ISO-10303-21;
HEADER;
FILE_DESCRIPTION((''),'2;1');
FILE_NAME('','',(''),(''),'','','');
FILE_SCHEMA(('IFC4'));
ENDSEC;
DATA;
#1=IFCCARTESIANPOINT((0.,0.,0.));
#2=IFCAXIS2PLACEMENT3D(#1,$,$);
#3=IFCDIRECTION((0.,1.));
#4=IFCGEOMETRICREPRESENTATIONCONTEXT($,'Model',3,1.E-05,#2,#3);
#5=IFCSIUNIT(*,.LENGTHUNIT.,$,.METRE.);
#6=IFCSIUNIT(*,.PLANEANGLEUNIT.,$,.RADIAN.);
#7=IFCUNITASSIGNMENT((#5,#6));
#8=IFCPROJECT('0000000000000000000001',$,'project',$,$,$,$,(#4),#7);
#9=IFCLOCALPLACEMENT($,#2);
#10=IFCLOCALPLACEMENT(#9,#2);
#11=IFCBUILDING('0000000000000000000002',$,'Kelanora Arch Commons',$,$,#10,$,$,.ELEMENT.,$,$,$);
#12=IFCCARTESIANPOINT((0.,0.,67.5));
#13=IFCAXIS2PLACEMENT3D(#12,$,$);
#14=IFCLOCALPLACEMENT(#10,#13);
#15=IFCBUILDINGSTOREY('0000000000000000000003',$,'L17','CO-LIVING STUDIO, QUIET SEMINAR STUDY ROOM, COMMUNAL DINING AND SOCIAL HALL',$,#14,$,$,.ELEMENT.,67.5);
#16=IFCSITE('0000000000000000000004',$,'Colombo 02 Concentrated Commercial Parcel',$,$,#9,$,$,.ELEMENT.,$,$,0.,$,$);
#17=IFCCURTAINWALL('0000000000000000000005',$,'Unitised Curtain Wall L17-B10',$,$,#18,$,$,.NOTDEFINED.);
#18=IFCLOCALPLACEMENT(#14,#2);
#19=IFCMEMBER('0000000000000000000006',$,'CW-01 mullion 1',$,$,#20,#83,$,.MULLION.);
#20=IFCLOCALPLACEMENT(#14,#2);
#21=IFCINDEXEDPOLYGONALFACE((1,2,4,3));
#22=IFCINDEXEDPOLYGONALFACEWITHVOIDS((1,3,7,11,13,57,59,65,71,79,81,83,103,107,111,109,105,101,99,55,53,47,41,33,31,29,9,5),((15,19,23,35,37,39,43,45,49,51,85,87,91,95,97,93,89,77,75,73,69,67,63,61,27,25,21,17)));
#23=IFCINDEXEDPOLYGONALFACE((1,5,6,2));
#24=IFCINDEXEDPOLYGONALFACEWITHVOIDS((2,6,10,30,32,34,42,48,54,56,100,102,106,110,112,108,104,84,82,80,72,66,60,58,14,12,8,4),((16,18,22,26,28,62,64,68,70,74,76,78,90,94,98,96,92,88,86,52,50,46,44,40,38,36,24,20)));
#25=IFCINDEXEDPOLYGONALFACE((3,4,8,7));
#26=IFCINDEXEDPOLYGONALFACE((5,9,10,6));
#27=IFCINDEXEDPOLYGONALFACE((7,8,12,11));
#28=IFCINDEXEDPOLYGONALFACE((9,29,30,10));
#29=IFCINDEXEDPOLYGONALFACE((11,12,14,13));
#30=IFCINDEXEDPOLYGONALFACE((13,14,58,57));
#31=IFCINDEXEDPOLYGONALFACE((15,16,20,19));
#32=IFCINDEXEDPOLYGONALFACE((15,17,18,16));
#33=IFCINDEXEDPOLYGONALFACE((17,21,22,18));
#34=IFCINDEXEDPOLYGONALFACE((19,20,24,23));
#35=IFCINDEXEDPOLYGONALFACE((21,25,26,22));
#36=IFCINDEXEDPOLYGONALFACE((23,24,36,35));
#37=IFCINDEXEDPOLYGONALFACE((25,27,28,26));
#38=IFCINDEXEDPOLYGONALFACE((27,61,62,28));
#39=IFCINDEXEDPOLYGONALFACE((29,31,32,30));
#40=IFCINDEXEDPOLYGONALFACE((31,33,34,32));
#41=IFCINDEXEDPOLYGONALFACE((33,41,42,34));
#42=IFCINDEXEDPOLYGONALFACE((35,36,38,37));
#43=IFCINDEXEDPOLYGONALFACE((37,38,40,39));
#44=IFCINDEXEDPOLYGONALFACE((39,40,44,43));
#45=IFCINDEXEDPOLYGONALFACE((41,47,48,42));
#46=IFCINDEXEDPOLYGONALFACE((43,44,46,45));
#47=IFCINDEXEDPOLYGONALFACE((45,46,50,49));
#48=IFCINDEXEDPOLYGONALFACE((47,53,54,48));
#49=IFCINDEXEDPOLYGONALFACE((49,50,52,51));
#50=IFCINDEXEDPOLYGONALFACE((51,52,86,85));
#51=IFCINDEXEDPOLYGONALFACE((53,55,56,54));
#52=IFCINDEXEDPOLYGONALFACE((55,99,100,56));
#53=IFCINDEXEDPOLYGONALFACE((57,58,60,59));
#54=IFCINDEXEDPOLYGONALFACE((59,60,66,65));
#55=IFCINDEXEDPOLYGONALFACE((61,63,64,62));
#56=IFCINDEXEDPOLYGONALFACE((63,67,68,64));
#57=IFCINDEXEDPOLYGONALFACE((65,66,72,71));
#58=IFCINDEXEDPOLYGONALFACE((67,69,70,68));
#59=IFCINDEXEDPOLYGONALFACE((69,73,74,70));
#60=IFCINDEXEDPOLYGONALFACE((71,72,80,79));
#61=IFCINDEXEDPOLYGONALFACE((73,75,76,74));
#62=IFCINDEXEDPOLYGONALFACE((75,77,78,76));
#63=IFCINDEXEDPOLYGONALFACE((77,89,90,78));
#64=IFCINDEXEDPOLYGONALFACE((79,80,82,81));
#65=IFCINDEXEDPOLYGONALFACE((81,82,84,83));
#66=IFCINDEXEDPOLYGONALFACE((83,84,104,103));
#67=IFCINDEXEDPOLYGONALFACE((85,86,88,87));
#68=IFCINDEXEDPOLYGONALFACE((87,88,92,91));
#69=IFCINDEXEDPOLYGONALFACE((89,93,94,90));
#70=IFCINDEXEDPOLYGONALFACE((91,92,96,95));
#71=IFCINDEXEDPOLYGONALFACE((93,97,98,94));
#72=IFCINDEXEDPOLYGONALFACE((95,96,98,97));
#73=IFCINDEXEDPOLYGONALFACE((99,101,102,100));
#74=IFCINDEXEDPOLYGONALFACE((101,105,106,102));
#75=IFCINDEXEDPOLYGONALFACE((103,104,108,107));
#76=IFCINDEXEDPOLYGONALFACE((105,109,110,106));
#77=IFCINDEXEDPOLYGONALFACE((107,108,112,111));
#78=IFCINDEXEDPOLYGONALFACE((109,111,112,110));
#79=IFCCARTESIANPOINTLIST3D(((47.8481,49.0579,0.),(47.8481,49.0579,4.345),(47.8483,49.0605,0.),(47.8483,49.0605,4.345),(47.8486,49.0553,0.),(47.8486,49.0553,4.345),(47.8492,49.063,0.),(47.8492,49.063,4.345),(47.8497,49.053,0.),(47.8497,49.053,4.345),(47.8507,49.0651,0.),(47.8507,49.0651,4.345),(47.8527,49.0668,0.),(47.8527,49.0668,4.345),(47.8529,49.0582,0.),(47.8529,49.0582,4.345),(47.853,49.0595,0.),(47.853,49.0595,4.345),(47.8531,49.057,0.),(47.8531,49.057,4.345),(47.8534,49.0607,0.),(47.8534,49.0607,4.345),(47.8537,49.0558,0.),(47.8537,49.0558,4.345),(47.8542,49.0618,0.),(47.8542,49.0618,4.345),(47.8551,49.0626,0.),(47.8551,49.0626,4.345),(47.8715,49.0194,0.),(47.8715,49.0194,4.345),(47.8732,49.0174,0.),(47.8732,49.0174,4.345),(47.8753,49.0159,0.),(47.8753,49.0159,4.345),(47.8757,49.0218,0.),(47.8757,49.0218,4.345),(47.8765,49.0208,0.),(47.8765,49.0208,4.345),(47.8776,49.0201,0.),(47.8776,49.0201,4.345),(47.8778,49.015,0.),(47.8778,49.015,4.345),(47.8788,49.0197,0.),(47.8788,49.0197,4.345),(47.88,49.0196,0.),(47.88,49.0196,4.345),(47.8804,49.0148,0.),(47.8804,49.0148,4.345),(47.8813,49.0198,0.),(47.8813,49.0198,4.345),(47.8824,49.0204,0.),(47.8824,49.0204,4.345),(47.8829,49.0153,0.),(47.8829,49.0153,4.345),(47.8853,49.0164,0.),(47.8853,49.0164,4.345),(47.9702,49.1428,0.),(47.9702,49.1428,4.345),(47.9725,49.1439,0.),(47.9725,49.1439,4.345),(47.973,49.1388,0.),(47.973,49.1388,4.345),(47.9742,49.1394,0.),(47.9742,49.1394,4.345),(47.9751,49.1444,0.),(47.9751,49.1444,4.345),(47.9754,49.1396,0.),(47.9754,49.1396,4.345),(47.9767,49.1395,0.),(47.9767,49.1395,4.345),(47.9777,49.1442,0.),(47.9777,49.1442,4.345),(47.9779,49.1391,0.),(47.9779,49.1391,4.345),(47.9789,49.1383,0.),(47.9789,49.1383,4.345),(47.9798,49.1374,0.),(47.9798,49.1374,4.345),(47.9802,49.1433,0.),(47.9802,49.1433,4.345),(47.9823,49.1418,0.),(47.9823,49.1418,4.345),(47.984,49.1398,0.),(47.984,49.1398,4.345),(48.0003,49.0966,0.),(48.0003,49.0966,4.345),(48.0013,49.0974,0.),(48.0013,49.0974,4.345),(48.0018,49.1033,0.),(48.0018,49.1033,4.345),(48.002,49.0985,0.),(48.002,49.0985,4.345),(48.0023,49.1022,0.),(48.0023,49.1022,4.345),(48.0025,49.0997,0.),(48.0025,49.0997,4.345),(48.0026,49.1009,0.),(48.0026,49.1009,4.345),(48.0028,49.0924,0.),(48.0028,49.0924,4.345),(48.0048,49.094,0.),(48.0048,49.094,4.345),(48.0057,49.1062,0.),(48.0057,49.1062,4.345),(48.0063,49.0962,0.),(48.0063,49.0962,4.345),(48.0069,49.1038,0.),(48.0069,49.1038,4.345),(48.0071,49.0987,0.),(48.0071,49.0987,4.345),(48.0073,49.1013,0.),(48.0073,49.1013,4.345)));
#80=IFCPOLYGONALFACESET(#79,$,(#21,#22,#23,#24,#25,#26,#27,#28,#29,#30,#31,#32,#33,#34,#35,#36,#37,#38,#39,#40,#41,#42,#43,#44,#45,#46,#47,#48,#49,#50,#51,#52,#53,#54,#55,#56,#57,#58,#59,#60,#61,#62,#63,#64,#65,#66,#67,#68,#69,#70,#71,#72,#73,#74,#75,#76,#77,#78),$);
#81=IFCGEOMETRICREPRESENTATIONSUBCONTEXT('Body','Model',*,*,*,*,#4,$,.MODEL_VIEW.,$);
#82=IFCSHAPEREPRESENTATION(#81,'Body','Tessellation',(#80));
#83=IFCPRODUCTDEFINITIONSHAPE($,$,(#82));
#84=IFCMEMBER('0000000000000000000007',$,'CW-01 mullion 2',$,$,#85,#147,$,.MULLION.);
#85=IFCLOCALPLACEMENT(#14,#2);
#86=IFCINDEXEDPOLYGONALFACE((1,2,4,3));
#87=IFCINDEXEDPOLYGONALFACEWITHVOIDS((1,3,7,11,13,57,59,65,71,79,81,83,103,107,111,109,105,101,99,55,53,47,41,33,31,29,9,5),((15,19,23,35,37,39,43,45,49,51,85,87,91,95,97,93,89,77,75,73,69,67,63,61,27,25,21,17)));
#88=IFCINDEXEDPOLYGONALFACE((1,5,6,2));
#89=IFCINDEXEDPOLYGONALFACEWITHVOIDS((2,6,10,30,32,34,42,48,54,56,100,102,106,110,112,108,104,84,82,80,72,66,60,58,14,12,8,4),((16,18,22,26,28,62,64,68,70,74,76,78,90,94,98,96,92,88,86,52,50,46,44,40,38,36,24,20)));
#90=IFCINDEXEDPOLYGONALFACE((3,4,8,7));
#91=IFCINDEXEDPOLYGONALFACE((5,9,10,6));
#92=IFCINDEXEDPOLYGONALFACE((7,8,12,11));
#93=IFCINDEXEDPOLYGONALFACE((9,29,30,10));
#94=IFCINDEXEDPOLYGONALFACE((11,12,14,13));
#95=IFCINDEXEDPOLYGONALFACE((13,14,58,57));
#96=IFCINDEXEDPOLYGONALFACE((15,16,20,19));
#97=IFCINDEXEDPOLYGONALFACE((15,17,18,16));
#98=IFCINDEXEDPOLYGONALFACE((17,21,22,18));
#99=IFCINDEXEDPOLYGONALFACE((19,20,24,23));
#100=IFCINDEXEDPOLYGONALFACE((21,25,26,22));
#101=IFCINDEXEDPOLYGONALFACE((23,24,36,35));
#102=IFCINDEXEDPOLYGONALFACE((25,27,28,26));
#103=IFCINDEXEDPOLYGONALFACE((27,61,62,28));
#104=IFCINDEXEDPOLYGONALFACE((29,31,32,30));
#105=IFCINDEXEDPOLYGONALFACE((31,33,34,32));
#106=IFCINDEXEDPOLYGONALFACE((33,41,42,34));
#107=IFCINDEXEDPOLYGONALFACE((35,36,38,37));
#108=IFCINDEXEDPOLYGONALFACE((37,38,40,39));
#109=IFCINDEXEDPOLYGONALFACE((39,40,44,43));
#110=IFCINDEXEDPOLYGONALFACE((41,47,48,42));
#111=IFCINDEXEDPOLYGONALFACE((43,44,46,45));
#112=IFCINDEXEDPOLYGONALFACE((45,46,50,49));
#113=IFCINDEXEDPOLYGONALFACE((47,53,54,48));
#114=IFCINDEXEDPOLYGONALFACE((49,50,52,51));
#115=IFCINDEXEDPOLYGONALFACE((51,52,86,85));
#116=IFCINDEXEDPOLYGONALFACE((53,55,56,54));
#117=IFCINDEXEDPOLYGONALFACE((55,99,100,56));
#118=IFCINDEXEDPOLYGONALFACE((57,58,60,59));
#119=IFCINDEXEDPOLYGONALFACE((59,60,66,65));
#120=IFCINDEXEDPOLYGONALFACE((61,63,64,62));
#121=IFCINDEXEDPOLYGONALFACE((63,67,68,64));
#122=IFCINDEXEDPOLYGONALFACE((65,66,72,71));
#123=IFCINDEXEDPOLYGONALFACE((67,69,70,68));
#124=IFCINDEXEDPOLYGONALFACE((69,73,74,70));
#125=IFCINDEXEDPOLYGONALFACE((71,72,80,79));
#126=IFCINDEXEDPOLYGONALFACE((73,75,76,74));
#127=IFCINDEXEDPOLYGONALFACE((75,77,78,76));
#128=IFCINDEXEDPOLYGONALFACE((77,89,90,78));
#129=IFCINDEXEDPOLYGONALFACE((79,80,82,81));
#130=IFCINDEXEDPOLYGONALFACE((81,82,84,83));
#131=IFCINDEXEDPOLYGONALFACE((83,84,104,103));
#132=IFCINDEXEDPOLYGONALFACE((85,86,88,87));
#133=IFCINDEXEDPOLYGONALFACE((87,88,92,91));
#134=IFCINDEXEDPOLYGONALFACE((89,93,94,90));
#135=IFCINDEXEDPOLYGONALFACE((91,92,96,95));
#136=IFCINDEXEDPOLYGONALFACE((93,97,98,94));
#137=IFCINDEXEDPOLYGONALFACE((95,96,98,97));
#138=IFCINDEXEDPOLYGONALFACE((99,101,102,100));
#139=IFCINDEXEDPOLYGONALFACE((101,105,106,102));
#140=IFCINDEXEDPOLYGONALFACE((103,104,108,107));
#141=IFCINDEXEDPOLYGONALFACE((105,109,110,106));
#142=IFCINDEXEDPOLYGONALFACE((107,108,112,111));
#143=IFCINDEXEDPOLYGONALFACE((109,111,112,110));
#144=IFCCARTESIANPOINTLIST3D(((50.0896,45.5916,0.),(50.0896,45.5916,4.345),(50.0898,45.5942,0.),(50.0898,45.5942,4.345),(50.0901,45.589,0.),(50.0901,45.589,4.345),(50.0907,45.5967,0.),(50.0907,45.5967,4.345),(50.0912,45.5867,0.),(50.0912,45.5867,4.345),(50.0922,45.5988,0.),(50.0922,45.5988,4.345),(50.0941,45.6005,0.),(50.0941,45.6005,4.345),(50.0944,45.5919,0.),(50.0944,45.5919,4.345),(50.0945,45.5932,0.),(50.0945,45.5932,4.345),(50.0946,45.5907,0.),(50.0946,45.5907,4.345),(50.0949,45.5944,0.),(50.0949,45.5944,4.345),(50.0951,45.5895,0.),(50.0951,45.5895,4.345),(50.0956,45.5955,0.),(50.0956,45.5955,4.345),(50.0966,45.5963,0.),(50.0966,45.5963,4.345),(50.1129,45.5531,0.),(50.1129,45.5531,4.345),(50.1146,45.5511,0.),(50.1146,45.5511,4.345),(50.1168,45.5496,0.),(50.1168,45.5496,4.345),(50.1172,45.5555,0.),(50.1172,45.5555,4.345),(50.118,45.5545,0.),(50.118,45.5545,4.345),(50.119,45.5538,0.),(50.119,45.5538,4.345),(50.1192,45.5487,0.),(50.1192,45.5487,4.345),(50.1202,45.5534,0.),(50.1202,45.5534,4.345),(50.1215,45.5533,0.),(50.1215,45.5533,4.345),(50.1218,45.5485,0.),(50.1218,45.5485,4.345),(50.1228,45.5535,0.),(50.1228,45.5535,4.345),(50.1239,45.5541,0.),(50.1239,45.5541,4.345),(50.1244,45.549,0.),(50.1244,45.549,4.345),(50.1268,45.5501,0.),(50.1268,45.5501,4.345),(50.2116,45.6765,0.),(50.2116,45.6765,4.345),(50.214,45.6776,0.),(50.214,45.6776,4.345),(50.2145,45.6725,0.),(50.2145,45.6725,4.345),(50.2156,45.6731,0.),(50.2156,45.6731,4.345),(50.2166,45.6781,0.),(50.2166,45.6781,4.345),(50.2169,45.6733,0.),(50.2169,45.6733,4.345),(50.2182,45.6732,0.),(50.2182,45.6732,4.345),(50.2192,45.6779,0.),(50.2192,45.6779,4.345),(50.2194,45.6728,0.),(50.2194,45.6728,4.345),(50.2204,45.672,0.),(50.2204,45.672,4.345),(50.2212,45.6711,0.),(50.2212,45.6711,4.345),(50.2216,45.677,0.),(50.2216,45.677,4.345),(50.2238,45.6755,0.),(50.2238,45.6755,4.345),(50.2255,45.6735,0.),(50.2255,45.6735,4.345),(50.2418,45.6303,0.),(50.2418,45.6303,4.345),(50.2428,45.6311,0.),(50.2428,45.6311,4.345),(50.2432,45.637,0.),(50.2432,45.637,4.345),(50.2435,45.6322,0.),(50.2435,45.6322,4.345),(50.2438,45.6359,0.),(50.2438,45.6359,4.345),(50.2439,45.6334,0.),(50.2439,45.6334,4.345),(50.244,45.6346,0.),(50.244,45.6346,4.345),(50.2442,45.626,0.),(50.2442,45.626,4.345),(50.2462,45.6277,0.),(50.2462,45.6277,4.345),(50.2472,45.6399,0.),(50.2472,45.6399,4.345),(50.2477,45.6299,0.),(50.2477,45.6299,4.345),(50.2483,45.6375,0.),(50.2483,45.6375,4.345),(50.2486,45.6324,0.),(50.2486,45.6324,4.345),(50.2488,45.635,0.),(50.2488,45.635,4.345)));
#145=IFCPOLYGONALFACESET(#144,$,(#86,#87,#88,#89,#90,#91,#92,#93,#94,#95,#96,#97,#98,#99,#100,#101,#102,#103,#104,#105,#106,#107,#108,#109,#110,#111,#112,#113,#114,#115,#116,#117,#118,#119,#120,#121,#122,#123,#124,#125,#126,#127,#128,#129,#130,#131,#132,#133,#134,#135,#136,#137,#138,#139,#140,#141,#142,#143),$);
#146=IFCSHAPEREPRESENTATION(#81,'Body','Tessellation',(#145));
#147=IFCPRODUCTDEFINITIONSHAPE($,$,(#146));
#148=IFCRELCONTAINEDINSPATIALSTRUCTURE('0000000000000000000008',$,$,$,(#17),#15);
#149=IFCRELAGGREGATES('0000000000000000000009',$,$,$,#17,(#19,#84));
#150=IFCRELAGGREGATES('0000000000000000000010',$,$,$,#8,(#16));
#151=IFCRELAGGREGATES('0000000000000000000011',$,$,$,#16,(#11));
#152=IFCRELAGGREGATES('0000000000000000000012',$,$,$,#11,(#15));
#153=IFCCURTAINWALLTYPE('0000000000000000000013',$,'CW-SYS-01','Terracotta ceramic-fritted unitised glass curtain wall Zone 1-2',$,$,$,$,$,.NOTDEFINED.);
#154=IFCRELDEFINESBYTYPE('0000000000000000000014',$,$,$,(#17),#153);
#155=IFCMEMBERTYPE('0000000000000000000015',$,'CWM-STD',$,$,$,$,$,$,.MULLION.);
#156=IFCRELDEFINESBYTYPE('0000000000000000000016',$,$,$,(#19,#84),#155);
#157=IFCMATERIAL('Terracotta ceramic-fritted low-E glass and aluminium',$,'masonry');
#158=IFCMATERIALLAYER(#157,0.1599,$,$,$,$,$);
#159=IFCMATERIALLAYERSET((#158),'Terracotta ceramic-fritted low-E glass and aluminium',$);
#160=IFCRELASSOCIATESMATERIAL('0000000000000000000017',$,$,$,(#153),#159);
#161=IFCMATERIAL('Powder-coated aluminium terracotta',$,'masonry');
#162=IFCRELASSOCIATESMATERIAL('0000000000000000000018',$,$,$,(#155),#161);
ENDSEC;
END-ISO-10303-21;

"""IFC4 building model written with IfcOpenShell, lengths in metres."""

from ifc_helpers import new_model, si_unit, direction, frame, origin, origin_2d, place, context, subcontext, project, spatial, hollow_rectangle, extrude, material, layer, layer_set, material_profile, profile_set, type_object, element, aggregate, save


model = new_model("IFC4")

# Units and contexts
model_context = context("Model", 3, precision=1e-05, world=origin(), true_north=direction((0.0, 1.0)))
body_context = subcontext(model_context, "Body", "Model", "MODEL_VIEW")
ifc_project = project(units=[si_unit("LENGTHUNIT", "METRE"), si_unit("PLANEANGLEUNIT", "RADIAN")], contexts=[model_context])

# Site, building, storey
site_placement = place(None, origin())
site = spatial("IfcSite", under=ifc_project, at=site_placement, Name="Colombo 02 Concentrated Commercial Parcel", CompositionType="ELEMENT", RefElevation=0.0)
building_placement = place(site_placement, origin())
building = spatial("IfcBuilding", under=site, at=building_placement, Name="Kelanora Arch Commons", CompositionType="ELEMENT")
storey_placement = place(building_placement, frame((0.0, 0.0, 67.5)))
storey = spatial("IfcBuildingStorey", under=building, at=storey_placement, Name="L17", Description="CO-LIVING STUDIO, QUIET SEMINAR STUDY ROOM, COMMUNAL DINING AND SOCIAL HALL", CompositionType="ELEMENT", Elevation=67.5)

# Curtain wall, members
ifc_material_1 = material(Name="Terracotta ceramic-fritted low-E glass and aluminium", Category="masonry")
ifc_layer_1 = layer(ifc_material_1, 0.1599)
ifc_layer_set_1 = layer_set([ifc_layer_1], Name="Terracotta ceramic-fritted low-E glass and aluminium")
curtain_wall_type = type_object("IfcCurtainWallType", Name="CW-SYS-01", Description="Terracotta ceramic-fritted unitised glass curtain wall Zone 1-2", PredefinedType="NOTDEFINED", material=ifc_layer_set_1)
curtain_wall_placement = place(storey_placement, origin())
curtain_wall = element("IfcCurtainWall", 1, at=curtain_wall_placement, inside=storey, type_object=curtain_wall_type, Name="Unitised Curtain Wall L17-B10", PredefinedType="NOTDEFINED")
ifc_material_2 = material(Name="Powder-coated aluminium terracotta", Category="masonry")
ifc_material_profile_1 = material_profile(ifc_material_2, hollow_rectangle(XDim=0.1599, YDim=0.0601, WallThickness=0.0049, InnerFilletRadius=0.0049, OuterFilletRadius=0.01, at=origin_2d()), Name="CWM160x60")
ifc_profile_set_1 = profile_set([ifc_material_profile_1], Name="Powder-coated aluminium terracotta")
member_type_1 = type_object("IfcMemberType", Name="CWM-STD", PredefinedType="MULLION", material=ifc_profile_set_1)
member_1_placement = place(storey_placement, frame((47.9277, 49.0796, 0.0), z_axis=(0.0, 0.0, 1.0), x_axis=(0.83973, 0.543004, 0.0)))
member_1 = element("IfcMember", 2, at=member_1_placement, type_object=member_type_1, Name="CW-01 mullion 1", PredefinedType="MULLION", context=body_context, shape_type="SweptSolid", body=[
    extrude(hollow_rectangle(XDim=0.1599, YDim=0.0601, WallThickness=0.0049, InnerFilletRadius=0.0049, OuterFilletRadius=0.01, at=origin_2d()), origin(), (0.0, 0.0, 1.0), 4.345),
])
member_2_placement = place(storey_placement, frame((50.1692, 45.6133, 0.0), z_axis=(0.0, 0.0, 1.0), x_axis=(0.83973, 0.543004, 0.0)))
member_2 = element("IfcMember", 3, at=member_2_placement, type_object=member_type_1, Name="CW-01 mullion 2", PredefinedType="MULLION", context=body_context, shape_type="SweptSolid", body=[
    extrude(hollow_rectangle(XDim=0.1599, YDim=0.0601, WallThickness=0.0049, InnerFilletRadius=0.0049, OuterFilletRadius=0.01, at=origin_2d()), origin(), (0.0, 0.0, 1.0), 4.345),
])

aggregate(curtain_wall, [member_1, member_2])

save(model, "model.ifc")
